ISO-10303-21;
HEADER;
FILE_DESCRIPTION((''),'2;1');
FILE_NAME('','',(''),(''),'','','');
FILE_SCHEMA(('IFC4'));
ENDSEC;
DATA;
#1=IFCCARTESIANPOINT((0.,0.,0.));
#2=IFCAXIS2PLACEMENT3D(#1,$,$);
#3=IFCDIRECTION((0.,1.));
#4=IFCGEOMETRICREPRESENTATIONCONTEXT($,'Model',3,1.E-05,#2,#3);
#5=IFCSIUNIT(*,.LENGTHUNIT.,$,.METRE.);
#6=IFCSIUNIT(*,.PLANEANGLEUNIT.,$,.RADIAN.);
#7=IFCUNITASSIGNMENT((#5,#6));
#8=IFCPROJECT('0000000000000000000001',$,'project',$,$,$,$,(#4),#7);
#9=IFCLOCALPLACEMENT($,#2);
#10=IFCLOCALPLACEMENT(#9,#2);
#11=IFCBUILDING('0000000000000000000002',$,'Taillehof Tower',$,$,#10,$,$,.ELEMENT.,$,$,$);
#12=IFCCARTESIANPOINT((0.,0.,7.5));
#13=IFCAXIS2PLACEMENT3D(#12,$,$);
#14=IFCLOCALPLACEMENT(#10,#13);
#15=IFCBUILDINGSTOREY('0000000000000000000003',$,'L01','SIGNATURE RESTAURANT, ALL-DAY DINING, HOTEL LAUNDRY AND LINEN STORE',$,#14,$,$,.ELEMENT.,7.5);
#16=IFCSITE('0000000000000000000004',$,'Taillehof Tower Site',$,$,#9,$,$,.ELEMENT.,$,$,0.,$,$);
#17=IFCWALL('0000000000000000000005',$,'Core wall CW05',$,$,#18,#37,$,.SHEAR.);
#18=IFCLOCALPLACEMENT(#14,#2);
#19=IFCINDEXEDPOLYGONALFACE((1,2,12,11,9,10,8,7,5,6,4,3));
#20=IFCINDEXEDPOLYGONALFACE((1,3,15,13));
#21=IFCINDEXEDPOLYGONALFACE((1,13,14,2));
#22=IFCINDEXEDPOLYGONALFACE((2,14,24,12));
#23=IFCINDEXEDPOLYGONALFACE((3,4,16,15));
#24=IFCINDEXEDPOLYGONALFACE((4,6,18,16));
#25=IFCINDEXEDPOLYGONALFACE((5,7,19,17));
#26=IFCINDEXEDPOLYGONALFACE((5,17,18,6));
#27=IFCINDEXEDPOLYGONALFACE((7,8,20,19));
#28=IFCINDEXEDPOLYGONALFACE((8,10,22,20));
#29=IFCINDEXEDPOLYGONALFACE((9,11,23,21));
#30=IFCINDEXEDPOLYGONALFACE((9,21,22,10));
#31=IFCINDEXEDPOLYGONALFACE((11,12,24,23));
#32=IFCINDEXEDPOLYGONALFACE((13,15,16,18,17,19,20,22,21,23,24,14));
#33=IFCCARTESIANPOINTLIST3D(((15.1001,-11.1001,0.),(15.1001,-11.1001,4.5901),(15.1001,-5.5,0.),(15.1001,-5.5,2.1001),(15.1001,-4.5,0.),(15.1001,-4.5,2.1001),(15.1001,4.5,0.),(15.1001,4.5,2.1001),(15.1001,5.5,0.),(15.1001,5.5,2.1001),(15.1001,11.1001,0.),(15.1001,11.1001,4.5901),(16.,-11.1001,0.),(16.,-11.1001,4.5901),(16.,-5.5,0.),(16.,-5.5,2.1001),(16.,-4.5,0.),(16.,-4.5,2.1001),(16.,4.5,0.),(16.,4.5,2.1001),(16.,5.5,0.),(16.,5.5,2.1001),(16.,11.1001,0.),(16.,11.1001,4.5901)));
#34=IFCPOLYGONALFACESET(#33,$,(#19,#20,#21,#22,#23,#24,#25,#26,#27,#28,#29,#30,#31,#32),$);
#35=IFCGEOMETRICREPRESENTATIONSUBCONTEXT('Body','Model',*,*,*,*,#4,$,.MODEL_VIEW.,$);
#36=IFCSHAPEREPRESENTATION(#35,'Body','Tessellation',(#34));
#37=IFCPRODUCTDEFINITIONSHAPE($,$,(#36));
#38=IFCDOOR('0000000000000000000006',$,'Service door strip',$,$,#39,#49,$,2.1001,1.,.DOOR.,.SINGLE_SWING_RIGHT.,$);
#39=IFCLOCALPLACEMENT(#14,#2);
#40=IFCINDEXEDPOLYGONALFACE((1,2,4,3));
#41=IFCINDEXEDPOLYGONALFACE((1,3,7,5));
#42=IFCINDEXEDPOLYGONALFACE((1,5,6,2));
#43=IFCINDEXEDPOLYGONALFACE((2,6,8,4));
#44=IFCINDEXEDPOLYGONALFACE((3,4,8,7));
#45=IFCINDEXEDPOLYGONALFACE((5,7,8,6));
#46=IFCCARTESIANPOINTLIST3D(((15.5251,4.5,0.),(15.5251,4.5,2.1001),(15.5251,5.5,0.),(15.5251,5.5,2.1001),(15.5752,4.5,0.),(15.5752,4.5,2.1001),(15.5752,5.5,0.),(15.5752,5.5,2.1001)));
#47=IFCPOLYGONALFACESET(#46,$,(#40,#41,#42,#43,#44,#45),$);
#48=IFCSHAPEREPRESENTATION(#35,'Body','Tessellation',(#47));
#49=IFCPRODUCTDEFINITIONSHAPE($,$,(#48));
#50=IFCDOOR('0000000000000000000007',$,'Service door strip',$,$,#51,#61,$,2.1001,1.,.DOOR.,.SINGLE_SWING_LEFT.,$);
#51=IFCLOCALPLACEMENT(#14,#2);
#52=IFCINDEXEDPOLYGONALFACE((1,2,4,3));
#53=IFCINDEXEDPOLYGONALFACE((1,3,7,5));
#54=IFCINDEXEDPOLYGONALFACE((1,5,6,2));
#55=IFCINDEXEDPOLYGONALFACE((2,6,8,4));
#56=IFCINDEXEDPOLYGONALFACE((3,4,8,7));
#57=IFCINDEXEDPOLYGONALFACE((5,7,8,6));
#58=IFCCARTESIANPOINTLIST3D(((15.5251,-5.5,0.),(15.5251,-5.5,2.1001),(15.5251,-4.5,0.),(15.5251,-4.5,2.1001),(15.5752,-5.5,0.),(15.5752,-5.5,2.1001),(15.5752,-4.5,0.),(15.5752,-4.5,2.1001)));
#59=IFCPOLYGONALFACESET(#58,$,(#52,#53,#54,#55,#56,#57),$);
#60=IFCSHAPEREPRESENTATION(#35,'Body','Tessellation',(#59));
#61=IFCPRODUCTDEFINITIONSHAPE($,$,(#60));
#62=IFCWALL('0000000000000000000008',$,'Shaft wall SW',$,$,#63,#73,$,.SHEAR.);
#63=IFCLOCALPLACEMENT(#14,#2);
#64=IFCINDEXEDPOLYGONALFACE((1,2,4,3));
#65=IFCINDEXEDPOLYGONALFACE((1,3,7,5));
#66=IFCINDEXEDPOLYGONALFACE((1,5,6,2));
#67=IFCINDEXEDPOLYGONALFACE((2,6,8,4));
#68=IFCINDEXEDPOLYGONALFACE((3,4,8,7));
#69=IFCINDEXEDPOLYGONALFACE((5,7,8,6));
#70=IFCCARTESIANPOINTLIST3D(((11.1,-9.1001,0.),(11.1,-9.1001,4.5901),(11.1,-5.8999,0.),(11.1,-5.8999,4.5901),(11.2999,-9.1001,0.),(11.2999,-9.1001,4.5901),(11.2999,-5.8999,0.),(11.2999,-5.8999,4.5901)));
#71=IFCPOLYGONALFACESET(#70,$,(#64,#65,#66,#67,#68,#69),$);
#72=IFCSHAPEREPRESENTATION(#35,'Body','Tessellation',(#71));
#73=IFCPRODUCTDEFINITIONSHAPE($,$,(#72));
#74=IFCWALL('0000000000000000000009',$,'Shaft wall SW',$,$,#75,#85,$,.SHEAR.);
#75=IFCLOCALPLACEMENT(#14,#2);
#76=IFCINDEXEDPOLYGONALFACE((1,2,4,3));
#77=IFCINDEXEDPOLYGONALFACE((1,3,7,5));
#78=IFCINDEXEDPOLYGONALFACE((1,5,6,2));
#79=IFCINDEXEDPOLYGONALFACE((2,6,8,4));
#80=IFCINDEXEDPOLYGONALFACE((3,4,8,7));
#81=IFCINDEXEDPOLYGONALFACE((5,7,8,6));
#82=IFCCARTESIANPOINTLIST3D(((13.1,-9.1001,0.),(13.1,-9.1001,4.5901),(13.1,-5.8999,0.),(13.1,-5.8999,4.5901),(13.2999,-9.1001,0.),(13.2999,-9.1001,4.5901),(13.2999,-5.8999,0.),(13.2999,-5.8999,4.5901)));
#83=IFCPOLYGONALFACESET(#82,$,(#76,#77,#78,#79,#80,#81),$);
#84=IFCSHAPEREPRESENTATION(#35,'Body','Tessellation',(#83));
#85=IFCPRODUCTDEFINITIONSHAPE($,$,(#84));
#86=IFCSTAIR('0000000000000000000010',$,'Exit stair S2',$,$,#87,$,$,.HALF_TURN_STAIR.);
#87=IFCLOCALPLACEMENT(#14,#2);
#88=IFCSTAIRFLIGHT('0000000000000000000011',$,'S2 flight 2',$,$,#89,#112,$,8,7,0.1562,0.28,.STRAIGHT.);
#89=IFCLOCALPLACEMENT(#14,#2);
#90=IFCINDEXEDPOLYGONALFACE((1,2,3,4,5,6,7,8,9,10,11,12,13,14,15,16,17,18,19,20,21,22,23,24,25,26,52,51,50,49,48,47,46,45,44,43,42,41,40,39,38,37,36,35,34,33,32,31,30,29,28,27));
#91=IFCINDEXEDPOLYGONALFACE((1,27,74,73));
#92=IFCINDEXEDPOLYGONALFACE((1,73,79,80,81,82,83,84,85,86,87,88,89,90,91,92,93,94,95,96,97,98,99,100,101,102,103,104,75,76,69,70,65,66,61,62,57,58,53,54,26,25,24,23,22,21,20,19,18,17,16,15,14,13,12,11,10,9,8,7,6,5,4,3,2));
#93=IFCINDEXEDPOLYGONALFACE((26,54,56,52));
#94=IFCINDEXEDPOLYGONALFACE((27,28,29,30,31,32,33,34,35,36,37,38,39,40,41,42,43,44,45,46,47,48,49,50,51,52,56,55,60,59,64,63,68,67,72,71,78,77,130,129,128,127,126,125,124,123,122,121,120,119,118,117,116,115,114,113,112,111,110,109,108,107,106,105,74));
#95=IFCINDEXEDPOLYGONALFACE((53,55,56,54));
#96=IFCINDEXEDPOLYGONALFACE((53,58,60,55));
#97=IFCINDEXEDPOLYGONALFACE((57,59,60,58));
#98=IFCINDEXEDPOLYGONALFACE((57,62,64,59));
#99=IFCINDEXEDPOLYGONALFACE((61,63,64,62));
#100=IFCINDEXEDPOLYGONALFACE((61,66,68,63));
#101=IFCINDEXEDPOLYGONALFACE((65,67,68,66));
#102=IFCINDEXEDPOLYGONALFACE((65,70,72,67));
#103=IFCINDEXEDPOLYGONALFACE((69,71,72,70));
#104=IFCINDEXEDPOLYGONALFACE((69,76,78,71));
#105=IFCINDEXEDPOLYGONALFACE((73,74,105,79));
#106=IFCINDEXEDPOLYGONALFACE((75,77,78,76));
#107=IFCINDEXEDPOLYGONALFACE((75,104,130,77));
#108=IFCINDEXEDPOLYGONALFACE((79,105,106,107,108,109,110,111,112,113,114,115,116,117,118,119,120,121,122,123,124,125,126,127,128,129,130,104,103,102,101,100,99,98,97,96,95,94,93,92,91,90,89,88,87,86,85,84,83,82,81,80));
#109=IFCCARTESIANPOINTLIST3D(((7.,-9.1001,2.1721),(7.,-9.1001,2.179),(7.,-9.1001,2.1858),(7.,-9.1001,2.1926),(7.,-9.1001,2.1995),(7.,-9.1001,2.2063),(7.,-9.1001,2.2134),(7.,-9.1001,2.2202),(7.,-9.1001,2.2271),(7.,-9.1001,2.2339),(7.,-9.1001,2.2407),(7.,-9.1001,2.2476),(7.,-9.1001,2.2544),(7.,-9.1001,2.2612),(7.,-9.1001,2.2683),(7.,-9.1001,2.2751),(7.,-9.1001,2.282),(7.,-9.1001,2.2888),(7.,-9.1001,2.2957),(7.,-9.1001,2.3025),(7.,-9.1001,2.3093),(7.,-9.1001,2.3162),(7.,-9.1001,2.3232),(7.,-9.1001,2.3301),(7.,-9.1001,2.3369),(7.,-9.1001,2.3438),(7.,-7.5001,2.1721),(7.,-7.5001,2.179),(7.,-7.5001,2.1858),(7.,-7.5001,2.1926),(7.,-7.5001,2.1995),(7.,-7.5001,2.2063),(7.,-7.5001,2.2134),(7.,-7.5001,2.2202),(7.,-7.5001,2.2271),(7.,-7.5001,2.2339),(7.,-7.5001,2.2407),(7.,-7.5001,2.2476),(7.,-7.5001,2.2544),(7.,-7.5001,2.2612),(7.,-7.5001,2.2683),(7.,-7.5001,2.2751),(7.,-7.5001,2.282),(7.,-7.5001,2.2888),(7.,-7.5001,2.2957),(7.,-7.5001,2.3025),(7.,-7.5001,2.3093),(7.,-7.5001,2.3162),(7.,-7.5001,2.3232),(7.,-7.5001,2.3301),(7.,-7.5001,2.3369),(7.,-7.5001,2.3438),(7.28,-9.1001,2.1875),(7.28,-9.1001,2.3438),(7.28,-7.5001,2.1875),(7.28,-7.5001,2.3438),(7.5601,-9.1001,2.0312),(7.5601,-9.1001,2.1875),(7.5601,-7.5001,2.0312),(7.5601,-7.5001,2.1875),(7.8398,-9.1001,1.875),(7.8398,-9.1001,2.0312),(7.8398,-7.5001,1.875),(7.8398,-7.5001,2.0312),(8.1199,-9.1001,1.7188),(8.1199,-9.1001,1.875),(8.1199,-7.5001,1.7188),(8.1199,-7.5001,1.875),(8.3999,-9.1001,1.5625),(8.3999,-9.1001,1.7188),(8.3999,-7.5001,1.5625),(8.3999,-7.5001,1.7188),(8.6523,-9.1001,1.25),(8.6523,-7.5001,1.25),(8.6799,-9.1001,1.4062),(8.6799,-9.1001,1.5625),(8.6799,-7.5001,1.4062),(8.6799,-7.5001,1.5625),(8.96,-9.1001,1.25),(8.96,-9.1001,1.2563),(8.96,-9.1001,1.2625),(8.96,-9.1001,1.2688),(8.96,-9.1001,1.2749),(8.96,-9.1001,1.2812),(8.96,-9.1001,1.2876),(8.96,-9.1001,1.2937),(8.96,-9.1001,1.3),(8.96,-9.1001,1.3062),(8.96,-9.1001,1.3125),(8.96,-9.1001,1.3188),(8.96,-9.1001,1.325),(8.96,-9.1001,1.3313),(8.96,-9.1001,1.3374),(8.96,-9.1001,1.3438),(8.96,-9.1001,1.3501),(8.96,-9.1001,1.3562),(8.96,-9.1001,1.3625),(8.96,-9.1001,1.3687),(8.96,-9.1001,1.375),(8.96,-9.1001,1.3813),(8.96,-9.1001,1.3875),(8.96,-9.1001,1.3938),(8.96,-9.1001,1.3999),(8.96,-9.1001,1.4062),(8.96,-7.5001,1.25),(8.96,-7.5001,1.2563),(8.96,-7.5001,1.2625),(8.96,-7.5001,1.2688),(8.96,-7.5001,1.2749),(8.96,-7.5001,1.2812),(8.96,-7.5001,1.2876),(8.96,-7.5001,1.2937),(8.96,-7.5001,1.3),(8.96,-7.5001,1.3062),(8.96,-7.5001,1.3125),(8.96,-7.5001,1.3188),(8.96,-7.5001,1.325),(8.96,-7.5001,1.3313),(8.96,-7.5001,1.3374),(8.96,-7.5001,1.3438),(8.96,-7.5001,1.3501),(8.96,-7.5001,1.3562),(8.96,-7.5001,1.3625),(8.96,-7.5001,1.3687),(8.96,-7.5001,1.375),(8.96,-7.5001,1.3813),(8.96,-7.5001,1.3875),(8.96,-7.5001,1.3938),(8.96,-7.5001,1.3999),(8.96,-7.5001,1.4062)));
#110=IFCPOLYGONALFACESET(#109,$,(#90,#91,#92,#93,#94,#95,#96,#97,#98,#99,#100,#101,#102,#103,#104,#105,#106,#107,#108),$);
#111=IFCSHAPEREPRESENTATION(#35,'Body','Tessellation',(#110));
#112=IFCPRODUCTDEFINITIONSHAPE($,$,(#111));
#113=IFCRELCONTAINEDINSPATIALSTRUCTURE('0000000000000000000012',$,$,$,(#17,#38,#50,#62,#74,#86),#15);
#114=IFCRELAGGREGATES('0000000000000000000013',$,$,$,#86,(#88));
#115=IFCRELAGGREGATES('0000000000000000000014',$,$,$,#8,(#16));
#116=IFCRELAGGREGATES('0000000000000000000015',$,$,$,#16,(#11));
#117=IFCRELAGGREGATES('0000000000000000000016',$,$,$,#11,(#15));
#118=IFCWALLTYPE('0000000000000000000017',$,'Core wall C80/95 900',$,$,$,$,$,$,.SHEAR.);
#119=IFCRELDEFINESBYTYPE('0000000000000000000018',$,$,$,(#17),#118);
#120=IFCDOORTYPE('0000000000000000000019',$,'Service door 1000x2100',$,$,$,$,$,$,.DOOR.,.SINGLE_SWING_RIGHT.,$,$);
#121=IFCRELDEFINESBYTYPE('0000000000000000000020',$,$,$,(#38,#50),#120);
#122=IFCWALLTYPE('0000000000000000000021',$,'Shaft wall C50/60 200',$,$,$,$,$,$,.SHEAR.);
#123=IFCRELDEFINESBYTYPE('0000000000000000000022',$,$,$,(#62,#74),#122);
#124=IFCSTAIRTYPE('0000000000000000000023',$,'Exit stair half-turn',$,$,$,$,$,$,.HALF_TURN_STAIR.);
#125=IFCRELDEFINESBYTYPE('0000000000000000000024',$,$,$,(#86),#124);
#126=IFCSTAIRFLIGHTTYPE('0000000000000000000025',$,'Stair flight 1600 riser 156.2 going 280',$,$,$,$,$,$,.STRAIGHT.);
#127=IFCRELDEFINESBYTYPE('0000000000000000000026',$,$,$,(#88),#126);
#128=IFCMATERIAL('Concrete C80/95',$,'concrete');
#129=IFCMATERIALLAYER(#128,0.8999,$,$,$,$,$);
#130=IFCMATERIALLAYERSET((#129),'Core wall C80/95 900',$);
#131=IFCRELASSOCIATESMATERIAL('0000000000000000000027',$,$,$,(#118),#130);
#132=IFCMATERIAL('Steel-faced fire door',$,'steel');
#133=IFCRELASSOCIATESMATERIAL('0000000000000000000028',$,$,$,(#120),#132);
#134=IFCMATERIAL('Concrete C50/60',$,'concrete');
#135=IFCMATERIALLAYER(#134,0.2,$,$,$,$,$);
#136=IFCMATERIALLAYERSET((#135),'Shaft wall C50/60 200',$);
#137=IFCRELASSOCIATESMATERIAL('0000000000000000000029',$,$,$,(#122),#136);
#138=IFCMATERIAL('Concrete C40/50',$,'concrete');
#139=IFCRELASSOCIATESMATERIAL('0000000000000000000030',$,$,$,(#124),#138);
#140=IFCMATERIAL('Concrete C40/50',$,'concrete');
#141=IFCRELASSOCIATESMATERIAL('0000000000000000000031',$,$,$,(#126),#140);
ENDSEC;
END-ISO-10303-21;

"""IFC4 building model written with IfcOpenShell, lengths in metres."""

from ifc_helpers import new_model, si_unit, direction, frame, frame_2d, origin, place, context, subcontext, project, spatial, polyline, rectangle, outline, extrude, material, layer, layer_set, type_object, element, fill, aggregate, save


model = new_model("IFC4")

# Units and contexts
model_context = context("Model", 3, precision=1e-05, world=origin(), true_north=direction((0.0, 1.0)))
body_context = subcontext(model_context, "Body", "Model", "MODEL_VIEW")
ifc_project = project(units=[si_unit("LENGTHUNIT", "METRE"), si_unit("PLANEANGLEUNIT", "RADIAN")], contexts=[model_context])

# Site, building, storey
site_placement = place(None, origin())
site = spatial("IfcSite", under=ifc_project, at=site_placement, Name="Taillehof Tower Site", CompositionType="ELEMENT", RefElevation=0.0)
building_placement = place(site_placement, origin())
building = spatial("IfcBuilding", under=site, at=building_placement, Name="Taillehof Tower", CompositionType="ELEMENT")
storey_placement = place(building_placement, frame((0.0, 0.0, 7.5)))
storey = spatial("IfcBuildingStorey", under=building, at=storey_placement, Name="L01", Description="SIGNATURE RESTAURANT, ALL-DAY DINING, HOTEL LAUNDRY AND LINEN STORE", CompositionType="ELEMENT", Elevation=7.5)

# Shared definitions
ifc_material_1 = material(Name="Concrete C80/95", Category="concrete")
ifc_layer_1 = layer(ifc_material_1, 0.8999)
ifc_layer_set_1 = layer_set([ifc_layer_1], Name="Core wall C80/95 900")
wall_type_1 = type_object("IfcWallType", Name="Core wall C80/95 900", PredefinedType="SHEAR", material=ifc_layer_set_1)

# Wall, openings, doors
wall_1_placement = place(storey_placement, frame((15.55, -11.1001, 0.0), z_axis=(0.0, 0.0, 1.0), x_axis=(0.0, 1.0, 0.0)))
wall_1 = element("IfcWall", 1, at=wall_1_placement, inside=storey, type_object=wall_type_1, Name="Core wall CW05", PredefinedType="SHEAR", context=body_context, shape_type="SweptSolid", body=[
    extrude(rectangle(XDim=22.2002, YDim=0.8999, at=frame_2d((11.1001, 0.0))), origin(), (0.0, 0.0, 1.0), 4.5901),
])
opening_1_placement = place(wall_1_placement, frame((15.6001, 0.0, 0.0)))
opening_1 = element("IfcOpeningElement", 2, at=opening_1_placement, cuts=wall_1, PredefinedType="OPENING", context=body_context, shape_type="SweptSolid", body=[
    extrude(rectangle(XDim=1.0, YDim=2.1001, at=frame_2d((0.5, 1.05))), frame((0.0, 0.46, 0.0), z_axis=(0.0, -1.0, 0.0), x_axis=(1.0, 0.0, 0.0)), (0.0, 0.0, 1.0), 0.9199),
])
opening_2_placement = place(wall_1_placement, frame((5.6001, 0.0, 0.0)))
opening_2 = element("IfcOpeningElement", 3, at=opening_2_placement, cuts=wall_1, PredefinedType="OPENING", context=body_context, shape_type="SweptSolid", body=[
    extrude(rectangle(XDim=1.0, YDim=2.1001, at=frame_2d((0.5, 1.05))), frame((0.0, 0.46, 0.0), z_axis=(0.0, -1.0, 0.0), x_axis=(1.0, 0.0, 0.0)), (0.0, 0.0, 1.0), 0.9199),
])
ifc_material_2 = material(Name="Steel-faced fire door", Category="steel")
door_type_1 = type_object("IfcDoorType", Name="Service door 1000x2100", OperationType="SINGLE_SWING_RIGHT", PredefinedType="DOOR", material=ifc_material_2)
door_1_placement = place(opening_1_placement, origin())
door_1 = element("IfcDoor", 4, at=door_1_placement, inside=storey, type_object=door_type_1, Name="Service door strip", OperationType="SINGLE_SWING_RIGHT", OverallHeight=2.1001, OverallWidth=1.0, PredefinedType="DOOR", context=body_context, shape_type="SweptSolid", body=[
    extrude(rectangle(XDim=1.0, YDim=2.1001, at=frame_2d((0.5, 1.05))), frame((0.0, 0.0249, 0.0), z_axis=(0.0, -1.0, 0.0), x_axis=(1.0, 0.0, 0.0)), (0.0, 0.0, 1.0), 0.05),
])
fill(opening_1, door_1)
door_2_placement = place(opening_2_placement, origin())
door_2 = element("IfcDoor", 5, at=door_2_placement, inside=storey, type_object=door_type_1, Name="Service door strip", OperationType="SINGLE_SWING_LEFT", OverallHeight=2.1001, OverallWidth=1.0, PredefinedType="DOOR", context=body_context, shape_type="SweptSolid", body=[
    extrude(rectangle(XDim=1.0, YDim=2.1001, at=frame_2d((0.5, 1.05))), frame((0.0, 0.0249, 0.0), z_axis=(0.0, -1.0, 0.0), x_axis=(1.0, 0.0, 0.0)), (0.0, 0.0, 1.0), 0.05),
])
fill(opening_2, door_2)

# Walls
ifc_material_3 = material(Name="Concrete C50/60", Category="concrete")
ifc_layer_2 = layer(ifc_material_3, 0.2)
ifc_layer_set_2 = layer_set([ifc_layer_2], Name="Shaft wall C50/60 200")
wall_type_2 = type_object("IfcWallType", Name="Shaft wall C50/60 200", PredefinedType="SHEAR", material=ifc_layer_set_2)
for number, where, z_axis, x_axis, name in (
    (6, (11.2, -9.1001, 0.0), (0.0, 0.0, 1.0), (0.0, 1.0, 0.0), "Shaft wall SW"),
    (7, (13.2, -9.1001, 0.0), (0.0, 0.0, 1.0), (0.0, 1.0, 0.0), "Shaft wall SW"),
):
    element("IfcWall", number, at=place(storey_placement, frame(where, z_axis=z_axis, x_axis=x_axis)), inside=storey, type_object=wall_type_2, Name=name, PredefinedType="SHEAR", context=body_context, shape_type="SweptSolid", body=[
        extrude(rectangle(XDim=3.2002, YDim=0.2, at=frame_2d((1.6001, 0.0))), origin(), (0.0, 0.0, 1.0), 4.5901),
    ])

# Stair, stair flight
ifc_material_4 = material(Name="Concrete C40/50", Category="concrete")
stair_type = type_object("IfcStairType", Name="Exit stair half-turn", PredefinedType="HALF_TURN_STAIR", material=ifc_material_4)
stair_placement = place(storey_placement, origin())
stair = element("IfcStair", 8, at=stair_placement, inside=storey, type_object=stair_type, Name="Exit stair S2", PredefinedType="HALF_TURN_STAIR")
ifc_material_5 = material(Name="Concrete C40/50", Category="concrete")
stair_flight_type = type_object("IfcStairFlightType", Name="Stair flight 1600 riser 156.2 going 280", PredefinedType="STRAIGHT", material=ifc_material_5)
stair_flight_1_placement = place(storey_placement, frame((8.96, -8.3, 1.25), z_axis=(0.0, 0.0, 1.0), x_axis=(-1.0, 0.0, 0.0)))
stair_flight_1 = element("IfcStairFlight", 9, at=stair_flight_1_placement, type_object=stair_flight_type, Name="S2 flight 2", NumberOfRisers=8, NumberOfTreads=7, PredefinedType="STRAIGHT", RiserHeight=0.1562, TreadLength=0.28, context=body_context, shape_type="SweptSolid", body=[
    extrude(outline(polyline([(0.0, 0.0), (0.0, 0.0063), (0.0, 0.0125), (0.0, 0.0188), (0.0, 0.0249), (0.0, 0.0312), (0.0, 0.0376), (0.0, 0.0437), (0.0, 0.05), (0.0, 0.0562), (0.0, 0.0625), (0.0, 0.0688), (0.0, 0.075), (0.0, 0.0813), (0.0, 0.0874), (0.0, 0.0938), (0.0, 0.1001), (0.0, 0.1062), (0.0, 0.1125), (0.0, 0.1187), (0.0, 0.125), (0.0, 0.1313), (0.0, 0.1375), (0.0, 0.1438), (0.0, 0.1499), (0.0, 0.1562), (0.28, 0.1562), (0.28, 0.3125), (0.5601, 0.3125), (0.5601, 0.4688), (0.8401, 0.4688), (0.8401, 0.625), (1.1201, 0.625), (1.1201, 0.7812), (1.3999, 0.7812), (1.3999, 0.9375), (1.6799, 0.9375), (1.6799, 1.0938), (1.96, 1.0938), (1.96, 1.0869), (1.96, 1.0801), (1.96, 1.0732), (1.96, 1.0662), (1.96, 1.0593), (1.96, 1.0525), (1.96, 1.0457), (1.96, 1.0388), (1.96, 1.032), (1.96, 1.0251), (1.96, 1.0183), (1.96, 1.0112), (1.96, 1.0044), (1.96, 0.9976), (1.96, 0.9907), (1.96, 0.9839), (1.96, 0.9771), (1.96, 0.9702), (1.96, 0.9634), (1.96, 0.9563), (1.96, 0.9495), (1.96, 0.9426), (1.96, 0.9358), (1.96, 0.929), (1.96, 0.9221), (0.3076, 0.0), (0.0, 0.0)])), frame((0.0, 0.8, 0.0), z_axis=(0.0, -1.0, 0.0), x_axis=(1.0, 0.0, 0.0)), (0.0, 0.0, 1.0), 1.6),
])
aggregate(stair, [stair_flight_1])

save(model, "model.ifc")
